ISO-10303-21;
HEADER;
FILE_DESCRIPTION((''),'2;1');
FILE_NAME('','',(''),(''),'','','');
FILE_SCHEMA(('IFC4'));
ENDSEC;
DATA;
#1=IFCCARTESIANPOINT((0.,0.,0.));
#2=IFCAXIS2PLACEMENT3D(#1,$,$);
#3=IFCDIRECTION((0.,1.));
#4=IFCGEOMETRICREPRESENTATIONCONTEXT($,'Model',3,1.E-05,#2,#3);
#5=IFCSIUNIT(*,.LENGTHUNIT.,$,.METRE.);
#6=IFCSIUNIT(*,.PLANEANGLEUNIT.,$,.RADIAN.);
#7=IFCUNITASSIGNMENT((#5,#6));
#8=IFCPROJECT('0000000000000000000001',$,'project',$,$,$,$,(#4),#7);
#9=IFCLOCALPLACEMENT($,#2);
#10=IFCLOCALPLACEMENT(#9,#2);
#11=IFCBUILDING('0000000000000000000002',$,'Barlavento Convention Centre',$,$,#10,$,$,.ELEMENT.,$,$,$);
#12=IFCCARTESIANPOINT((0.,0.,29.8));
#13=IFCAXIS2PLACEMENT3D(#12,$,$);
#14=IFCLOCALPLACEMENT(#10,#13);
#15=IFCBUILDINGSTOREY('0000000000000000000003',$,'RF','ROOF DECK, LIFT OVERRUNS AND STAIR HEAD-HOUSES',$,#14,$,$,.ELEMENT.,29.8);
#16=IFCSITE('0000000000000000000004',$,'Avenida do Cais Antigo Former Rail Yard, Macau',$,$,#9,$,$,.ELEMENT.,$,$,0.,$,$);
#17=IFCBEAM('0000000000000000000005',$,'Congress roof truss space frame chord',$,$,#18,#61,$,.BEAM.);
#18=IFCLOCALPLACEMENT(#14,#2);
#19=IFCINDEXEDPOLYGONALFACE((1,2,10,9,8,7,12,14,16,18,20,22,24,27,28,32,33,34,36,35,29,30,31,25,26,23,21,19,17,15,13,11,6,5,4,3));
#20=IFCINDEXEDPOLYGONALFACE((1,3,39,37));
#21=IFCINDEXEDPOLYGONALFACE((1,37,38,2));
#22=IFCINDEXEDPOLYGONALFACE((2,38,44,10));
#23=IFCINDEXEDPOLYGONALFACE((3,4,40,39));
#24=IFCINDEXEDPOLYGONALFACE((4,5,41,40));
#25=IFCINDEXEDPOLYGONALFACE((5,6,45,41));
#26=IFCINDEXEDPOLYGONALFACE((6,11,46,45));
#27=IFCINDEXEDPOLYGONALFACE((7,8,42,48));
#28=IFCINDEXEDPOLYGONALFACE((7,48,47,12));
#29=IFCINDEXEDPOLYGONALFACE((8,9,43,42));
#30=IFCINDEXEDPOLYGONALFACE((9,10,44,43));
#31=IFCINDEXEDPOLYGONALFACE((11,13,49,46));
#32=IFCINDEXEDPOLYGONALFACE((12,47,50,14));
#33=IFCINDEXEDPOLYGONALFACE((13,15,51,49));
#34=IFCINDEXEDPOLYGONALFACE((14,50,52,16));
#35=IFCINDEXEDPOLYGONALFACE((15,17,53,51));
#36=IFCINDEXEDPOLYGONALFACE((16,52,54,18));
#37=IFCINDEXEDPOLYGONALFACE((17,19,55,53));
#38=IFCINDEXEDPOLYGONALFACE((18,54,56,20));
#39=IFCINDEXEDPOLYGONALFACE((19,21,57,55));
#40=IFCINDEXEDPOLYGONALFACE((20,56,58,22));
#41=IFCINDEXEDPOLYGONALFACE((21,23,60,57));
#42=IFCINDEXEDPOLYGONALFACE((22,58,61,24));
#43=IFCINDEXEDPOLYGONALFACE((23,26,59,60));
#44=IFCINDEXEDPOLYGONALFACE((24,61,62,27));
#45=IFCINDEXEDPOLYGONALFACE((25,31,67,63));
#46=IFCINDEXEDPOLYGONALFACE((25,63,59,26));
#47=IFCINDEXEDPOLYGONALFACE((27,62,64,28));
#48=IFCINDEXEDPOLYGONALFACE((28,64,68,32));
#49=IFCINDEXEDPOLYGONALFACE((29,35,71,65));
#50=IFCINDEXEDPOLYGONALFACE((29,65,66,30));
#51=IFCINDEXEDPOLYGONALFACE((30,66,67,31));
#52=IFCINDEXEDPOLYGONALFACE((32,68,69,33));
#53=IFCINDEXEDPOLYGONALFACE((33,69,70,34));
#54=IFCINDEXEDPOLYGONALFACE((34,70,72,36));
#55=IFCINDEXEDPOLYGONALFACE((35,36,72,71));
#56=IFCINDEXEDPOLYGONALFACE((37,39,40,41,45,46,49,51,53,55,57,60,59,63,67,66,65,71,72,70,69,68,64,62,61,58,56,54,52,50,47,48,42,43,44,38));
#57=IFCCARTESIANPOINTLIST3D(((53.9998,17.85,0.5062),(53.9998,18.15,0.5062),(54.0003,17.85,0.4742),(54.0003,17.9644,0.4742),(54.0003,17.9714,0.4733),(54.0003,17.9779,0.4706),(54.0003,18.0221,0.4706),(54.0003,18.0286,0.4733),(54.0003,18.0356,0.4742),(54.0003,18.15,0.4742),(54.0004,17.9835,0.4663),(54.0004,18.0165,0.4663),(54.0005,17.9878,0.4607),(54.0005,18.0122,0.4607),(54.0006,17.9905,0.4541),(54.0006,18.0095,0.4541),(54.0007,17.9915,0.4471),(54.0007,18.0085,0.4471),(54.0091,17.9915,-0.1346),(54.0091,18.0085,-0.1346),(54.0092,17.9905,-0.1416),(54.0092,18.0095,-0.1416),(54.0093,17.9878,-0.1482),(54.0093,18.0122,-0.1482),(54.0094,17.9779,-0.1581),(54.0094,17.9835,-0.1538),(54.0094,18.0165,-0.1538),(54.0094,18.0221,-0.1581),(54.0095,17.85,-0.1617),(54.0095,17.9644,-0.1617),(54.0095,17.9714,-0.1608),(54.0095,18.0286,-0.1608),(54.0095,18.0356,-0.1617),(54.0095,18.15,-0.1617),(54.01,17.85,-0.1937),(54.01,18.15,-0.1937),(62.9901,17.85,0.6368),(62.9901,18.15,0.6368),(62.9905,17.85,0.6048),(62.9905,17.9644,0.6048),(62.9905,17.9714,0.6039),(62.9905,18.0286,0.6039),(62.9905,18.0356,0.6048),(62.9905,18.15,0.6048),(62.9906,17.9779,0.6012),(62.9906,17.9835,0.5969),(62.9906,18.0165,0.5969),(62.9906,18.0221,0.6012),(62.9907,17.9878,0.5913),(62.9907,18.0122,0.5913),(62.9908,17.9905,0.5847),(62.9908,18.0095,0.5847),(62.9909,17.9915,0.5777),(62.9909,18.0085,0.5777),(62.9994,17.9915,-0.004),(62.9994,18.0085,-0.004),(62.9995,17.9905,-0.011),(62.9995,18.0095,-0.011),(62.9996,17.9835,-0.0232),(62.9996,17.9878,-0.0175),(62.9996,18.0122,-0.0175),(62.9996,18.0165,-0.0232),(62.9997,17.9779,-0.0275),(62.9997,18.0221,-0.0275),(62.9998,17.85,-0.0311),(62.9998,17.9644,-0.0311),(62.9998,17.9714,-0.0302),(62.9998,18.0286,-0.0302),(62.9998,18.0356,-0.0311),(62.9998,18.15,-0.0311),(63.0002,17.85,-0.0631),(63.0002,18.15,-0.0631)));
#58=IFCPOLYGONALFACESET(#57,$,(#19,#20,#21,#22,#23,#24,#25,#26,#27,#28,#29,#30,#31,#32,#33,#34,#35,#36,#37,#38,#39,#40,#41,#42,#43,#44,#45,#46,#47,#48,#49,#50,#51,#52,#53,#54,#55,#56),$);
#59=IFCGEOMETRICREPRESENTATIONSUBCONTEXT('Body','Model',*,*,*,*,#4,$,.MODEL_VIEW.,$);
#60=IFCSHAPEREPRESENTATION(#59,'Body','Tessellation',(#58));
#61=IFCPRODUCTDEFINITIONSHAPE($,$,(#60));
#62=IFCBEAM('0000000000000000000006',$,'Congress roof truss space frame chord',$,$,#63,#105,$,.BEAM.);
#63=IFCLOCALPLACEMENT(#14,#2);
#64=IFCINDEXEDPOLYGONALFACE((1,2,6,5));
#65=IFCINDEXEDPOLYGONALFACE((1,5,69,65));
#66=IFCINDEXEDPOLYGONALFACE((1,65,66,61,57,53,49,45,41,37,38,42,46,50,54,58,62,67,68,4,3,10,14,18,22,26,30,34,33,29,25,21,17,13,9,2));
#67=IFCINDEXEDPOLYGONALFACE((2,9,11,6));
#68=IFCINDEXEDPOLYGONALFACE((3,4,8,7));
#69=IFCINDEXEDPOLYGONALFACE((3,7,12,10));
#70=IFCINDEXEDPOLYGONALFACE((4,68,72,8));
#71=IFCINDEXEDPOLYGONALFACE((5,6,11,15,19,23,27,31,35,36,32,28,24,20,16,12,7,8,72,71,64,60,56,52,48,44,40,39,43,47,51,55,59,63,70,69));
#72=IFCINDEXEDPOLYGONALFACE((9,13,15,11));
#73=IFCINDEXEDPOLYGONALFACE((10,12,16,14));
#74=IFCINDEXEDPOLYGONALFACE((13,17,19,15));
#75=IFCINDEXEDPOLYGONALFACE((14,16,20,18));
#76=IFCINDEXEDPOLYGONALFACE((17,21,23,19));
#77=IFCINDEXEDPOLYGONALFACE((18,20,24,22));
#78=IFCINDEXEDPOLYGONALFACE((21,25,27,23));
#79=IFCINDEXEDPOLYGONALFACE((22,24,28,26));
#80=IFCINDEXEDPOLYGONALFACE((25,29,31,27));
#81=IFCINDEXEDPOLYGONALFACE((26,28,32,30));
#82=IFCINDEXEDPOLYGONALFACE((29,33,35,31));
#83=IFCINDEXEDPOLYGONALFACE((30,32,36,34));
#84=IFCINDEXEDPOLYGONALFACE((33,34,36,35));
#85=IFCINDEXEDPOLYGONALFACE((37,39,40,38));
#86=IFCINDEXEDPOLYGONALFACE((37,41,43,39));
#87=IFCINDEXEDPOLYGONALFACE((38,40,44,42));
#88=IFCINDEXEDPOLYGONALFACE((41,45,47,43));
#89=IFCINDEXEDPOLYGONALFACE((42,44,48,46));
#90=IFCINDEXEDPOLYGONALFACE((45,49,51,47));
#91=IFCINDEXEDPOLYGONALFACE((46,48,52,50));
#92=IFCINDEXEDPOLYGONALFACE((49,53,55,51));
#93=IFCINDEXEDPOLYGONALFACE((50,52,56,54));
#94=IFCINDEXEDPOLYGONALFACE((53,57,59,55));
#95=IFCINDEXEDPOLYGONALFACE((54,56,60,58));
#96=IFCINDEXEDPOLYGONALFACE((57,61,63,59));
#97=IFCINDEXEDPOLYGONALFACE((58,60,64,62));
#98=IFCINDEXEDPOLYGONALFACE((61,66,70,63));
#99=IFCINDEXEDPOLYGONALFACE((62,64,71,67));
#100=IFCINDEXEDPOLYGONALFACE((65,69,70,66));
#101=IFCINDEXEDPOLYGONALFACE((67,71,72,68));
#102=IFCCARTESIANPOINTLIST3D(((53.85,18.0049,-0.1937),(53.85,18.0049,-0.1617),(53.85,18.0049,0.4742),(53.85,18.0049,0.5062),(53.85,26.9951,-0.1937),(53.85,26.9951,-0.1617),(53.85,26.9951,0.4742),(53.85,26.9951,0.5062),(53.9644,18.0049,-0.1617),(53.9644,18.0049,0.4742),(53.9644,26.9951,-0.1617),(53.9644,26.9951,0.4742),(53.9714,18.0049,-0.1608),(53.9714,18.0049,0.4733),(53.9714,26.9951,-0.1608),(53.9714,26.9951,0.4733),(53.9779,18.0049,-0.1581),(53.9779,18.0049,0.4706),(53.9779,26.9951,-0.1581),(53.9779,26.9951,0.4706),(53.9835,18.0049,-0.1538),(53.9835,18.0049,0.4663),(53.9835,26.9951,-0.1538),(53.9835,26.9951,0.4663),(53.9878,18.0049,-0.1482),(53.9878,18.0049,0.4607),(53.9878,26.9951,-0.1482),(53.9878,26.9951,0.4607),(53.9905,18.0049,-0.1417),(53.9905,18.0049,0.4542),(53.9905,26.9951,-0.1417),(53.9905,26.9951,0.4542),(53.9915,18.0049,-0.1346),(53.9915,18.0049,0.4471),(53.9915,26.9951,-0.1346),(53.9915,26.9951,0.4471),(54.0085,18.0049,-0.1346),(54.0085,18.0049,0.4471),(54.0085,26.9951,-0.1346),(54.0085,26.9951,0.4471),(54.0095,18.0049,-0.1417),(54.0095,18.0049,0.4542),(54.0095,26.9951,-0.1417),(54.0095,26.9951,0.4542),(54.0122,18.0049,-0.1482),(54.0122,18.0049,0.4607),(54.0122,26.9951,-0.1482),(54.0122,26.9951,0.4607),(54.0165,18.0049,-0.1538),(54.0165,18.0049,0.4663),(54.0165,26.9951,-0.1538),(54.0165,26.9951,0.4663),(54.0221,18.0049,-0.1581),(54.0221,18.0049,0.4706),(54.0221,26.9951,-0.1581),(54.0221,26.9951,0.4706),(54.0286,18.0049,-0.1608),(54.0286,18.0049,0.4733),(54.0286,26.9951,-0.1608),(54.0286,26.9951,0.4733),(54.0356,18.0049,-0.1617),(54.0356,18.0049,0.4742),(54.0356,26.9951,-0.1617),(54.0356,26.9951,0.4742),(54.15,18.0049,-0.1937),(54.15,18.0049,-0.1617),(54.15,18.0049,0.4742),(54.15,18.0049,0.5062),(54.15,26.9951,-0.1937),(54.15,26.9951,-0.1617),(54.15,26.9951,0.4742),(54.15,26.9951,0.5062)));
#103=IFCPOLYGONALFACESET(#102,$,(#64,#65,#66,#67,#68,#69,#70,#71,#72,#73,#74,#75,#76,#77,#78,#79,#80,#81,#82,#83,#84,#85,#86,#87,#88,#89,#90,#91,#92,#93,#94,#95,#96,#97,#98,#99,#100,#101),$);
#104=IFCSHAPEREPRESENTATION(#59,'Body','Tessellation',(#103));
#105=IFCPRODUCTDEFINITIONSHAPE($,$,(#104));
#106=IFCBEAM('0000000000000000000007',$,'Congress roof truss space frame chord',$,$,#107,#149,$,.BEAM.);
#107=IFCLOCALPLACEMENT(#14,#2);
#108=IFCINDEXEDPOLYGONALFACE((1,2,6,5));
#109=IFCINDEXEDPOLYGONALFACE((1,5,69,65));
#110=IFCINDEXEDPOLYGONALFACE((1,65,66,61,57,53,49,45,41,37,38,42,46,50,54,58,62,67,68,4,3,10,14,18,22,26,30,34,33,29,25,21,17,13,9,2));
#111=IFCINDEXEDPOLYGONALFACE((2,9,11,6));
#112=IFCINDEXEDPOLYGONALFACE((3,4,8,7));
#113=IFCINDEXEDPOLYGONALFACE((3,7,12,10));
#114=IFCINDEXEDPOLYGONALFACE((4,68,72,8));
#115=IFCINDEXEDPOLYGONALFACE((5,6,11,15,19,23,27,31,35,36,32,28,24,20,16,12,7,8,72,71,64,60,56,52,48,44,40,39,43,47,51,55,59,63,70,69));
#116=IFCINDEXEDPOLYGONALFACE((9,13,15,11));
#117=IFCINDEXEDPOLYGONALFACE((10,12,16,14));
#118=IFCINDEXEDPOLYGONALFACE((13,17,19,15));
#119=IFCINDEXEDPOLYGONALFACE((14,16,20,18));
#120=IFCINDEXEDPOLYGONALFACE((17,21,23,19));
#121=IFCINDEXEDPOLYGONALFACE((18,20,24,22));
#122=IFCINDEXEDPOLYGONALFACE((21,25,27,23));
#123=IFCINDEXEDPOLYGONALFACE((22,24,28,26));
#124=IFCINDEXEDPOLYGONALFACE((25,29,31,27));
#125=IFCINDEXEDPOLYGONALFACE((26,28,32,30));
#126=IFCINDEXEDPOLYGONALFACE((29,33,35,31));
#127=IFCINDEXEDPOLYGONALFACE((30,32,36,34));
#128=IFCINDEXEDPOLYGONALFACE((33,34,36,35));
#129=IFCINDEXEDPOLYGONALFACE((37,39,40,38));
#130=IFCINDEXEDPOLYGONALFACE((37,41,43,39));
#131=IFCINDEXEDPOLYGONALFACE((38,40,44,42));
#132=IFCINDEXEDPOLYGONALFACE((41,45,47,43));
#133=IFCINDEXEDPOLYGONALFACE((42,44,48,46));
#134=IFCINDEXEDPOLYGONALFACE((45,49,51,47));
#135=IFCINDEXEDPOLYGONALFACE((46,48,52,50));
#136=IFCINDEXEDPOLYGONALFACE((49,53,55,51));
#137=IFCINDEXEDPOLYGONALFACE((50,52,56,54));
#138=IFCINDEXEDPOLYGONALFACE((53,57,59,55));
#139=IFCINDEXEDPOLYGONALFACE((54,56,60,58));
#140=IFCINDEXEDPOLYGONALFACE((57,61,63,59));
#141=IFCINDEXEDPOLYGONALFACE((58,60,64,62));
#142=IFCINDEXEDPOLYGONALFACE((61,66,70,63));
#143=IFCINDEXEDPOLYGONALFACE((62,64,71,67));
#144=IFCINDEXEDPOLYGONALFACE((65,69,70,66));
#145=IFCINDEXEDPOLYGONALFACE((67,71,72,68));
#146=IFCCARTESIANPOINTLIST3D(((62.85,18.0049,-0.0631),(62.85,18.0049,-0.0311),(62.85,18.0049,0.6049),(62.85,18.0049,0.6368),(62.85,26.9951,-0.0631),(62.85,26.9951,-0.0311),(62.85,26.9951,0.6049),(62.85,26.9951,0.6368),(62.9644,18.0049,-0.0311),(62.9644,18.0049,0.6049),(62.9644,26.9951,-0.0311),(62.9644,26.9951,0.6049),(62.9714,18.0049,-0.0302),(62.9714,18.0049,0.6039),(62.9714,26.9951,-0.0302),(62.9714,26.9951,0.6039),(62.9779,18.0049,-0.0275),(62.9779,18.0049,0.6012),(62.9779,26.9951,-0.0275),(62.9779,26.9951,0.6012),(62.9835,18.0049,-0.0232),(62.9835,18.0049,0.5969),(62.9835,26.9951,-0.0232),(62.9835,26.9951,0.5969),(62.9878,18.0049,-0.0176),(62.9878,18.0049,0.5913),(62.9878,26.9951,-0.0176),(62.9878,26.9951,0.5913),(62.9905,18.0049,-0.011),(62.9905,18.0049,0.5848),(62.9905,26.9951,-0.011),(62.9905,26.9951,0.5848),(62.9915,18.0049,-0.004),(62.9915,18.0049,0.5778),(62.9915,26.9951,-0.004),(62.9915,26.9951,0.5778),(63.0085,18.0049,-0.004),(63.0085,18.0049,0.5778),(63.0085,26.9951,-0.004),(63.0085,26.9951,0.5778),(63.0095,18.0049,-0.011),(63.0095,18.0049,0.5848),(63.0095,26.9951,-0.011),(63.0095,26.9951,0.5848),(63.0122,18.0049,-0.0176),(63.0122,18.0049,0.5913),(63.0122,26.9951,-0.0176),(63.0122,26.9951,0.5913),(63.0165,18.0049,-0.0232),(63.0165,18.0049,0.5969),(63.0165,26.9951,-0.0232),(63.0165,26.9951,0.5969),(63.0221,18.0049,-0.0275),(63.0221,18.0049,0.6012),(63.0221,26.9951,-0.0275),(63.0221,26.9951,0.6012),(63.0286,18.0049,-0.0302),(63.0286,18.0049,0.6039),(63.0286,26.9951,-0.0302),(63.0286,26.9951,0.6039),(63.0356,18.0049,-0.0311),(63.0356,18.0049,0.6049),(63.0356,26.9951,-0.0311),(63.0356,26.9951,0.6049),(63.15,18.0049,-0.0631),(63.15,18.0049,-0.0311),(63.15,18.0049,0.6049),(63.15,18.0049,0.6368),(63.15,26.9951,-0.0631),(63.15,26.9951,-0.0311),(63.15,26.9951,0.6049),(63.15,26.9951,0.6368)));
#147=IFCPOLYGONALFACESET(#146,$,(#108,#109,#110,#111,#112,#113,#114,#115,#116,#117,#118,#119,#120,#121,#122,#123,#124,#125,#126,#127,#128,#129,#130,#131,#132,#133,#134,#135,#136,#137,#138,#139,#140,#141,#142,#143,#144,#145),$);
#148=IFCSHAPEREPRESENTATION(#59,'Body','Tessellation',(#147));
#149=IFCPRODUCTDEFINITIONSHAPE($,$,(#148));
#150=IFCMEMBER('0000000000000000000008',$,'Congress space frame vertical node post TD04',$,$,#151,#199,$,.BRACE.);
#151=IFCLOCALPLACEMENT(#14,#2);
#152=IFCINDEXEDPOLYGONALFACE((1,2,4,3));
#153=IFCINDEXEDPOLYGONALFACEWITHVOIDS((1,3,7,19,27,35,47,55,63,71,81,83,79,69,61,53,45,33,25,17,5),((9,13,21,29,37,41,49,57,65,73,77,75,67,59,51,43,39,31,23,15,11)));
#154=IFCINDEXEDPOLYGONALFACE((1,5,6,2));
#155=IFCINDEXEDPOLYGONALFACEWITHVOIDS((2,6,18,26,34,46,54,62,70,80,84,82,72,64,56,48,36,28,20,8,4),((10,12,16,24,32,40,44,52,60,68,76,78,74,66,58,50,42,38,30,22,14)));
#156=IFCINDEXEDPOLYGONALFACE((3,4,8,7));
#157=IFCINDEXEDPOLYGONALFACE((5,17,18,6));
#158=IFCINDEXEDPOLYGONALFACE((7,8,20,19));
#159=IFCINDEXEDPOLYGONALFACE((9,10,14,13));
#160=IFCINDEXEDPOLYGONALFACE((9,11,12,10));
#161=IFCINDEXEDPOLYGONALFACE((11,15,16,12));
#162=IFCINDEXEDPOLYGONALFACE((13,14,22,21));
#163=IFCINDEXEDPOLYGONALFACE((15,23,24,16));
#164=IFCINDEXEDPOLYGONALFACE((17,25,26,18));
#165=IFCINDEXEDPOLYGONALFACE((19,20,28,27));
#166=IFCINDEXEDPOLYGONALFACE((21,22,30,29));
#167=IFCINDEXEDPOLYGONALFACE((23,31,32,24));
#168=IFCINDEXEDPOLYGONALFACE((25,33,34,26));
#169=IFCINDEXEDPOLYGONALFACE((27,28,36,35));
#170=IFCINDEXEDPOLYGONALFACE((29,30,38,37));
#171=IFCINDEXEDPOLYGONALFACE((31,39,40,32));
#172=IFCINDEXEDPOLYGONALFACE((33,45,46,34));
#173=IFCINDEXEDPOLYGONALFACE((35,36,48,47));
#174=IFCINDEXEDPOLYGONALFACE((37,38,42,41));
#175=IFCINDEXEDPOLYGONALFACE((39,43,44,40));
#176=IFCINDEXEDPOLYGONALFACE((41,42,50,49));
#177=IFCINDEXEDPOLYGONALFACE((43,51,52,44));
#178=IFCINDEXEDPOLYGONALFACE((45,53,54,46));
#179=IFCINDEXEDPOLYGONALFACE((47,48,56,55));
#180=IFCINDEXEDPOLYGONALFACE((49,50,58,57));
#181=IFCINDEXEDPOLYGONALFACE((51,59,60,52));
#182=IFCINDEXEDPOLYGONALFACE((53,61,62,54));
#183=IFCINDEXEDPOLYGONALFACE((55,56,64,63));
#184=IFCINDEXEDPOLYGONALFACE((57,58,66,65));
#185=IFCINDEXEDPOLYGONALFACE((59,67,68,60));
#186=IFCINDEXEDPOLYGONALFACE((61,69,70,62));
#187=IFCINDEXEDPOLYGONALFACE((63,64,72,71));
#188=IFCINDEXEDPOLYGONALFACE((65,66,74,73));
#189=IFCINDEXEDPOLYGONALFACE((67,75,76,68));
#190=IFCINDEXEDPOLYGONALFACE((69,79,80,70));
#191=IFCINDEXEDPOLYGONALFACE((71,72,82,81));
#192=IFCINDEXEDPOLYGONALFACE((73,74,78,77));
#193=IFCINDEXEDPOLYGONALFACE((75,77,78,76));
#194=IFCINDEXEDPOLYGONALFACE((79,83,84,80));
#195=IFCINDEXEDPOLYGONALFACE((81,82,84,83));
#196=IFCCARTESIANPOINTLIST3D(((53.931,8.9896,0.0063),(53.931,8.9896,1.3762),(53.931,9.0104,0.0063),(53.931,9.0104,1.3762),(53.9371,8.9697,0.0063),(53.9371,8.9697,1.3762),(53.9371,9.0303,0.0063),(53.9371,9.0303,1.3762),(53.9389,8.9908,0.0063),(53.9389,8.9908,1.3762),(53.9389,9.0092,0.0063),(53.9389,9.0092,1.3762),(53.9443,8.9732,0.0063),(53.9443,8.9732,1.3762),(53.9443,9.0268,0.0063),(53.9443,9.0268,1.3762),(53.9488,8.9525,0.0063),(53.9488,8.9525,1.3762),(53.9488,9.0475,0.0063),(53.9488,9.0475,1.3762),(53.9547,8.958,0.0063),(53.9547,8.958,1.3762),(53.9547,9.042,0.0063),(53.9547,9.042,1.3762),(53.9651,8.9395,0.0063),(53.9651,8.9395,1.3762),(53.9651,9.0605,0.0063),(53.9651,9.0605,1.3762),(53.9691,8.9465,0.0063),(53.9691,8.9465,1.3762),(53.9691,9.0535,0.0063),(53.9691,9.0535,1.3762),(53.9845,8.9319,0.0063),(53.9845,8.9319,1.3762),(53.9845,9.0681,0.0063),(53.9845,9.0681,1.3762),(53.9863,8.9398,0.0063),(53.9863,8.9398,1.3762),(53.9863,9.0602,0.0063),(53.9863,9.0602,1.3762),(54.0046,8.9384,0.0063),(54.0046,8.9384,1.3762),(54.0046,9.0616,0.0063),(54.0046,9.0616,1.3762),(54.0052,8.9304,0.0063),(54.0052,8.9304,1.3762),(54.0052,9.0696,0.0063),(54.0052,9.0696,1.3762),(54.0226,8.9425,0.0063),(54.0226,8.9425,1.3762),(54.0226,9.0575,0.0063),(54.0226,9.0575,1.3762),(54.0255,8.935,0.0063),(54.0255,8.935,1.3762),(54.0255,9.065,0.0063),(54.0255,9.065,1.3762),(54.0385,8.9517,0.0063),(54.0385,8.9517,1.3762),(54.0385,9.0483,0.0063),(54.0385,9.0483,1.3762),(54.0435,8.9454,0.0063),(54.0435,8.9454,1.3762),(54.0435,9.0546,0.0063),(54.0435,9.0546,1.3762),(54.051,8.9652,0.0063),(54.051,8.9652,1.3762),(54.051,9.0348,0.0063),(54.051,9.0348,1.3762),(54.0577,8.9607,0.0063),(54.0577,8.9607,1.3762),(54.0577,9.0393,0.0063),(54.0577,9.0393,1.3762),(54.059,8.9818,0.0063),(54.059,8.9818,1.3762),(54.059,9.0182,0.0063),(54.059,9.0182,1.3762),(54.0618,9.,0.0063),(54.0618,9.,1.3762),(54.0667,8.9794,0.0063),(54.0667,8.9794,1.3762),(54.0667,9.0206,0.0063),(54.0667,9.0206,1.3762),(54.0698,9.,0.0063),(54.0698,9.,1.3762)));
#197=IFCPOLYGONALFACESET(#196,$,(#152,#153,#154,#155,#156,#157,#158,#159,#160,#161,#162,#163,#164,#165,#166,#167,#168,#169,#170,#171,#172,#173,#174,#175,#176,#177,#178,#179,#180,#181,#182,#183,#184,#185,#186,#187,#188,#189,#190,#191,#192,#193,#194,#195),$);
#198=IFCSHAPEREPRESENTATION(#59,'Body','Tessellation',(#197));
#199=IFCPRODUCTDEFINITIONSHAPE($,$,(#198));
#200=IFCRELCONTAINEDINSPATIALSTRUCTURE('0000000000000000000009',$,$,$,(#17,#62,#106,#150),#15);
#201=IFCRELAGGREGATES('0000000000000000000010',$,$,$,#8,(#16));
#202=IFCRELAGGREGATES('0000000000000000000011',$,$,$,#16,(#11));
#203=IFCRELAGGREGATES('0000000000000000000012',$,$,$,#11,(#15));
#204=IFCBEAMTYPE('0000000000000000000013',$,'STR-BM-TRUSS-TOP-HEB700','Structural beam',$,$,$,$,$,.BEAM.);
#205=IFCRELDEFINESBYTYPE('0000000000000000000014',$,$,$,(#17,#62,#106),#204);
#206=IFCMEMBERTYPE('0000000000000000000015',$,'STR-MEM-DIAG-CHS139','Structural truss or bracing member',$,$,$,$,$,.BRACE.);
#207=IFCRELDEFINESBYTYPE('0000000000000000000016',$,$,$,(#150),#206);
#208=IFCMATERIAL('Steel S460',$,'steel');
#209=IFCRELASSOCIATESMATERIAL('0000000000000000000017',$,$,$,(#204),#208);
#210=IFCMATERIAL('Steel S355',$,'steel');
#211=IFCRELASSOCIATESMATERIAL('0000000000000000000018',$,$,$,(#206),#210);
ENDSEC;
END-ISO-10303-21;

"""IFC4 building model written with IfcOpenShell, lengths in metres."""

from ifc_helpers import new_model, si_unit, direction, frame, origin, origin_2d, place, context, subcontext, project, spatial, hollow_circle, i_section, extrude, material, material_profile, profile_set, type_object, element, save


model = new_model("IFC4")

# Units and contexts
model_context = context("Model", 3, precision=1e-05, world=origin(), true_north=direction((0.0, 1.0)))
body_context = subcontext(model_context, "Body", "Model", "MODEL_VIEW")
ifc_project = project(units=[si_unit("LENGTHUNIT", "METRE"), si_unit("PLANEANGLEUNIT", "RADIAN")], contexts=[model_context])

# Site, building, storey
site_placement = place(None, origin())
site = spatial("IfcSite", under=ifc_project, at=site_placement, Name="Avenida do Cais Antigo Former Rail Yard, Macau", CompositionType="ELEMENT", RefElevation=0.0)
building_placement = place(site_placement, origin())
building = spatial("IfcBuilding", under=site, at=building_placement, Name="Barlavento Convention Centre", CompositionType="ELEMENT")
storey_placement = place(building_placement, frame((0.0, 0.0, 29.8)))
storey = spatial("IfcBuildingStorey", under=building, at=storey_placement, Name="RF", Description="ROOF DECK, LIFT OVERRUNS AND STAIR HEAD-HOUSES", CompositionType="ELEMENT", Elevation=29.8)

# Beams
ifc_material_1 = material(Name="Steel S460", Category="steel")
ifc_material_profile_1 = material_profile(ifc_material_1, i_section(OverallWidth=0.3, OverallDepth=0.7, WebThickness=0.0171, FlangeThickness=0.032, FilletRadius=0.0271, at=origin_2d()), Name="HEB 700")
ifc_profile_set_1 = profile_set([ifc_material_profile_1], Name="Steel S460")
beam_type = type_object("IfcBeamType", Name="STR-BM-TRUSS-TOP-HEB700", Description="Structural beam", PredefinedType="BEAM", material=ifc_profile_set_1)
beam_placement = place(storey_placement, frame((54.0049, 18.0, 0.1562), z_axis=(0.999894, 0.0, 0.014527), x_axis=(0.0, 1.0, 0.0)))
element("IfcBeam", 1, at=beam_placement, inside=storey, type_object=beam_type, Name="Congress roof truss space frame chord", PredefinedType="BEAM", context=body_context, shape_type="SweptSolid", body=[
    extrude(i_section(OverallWidth=0.3, OverallDepth=0.7, WebThickness=0.0171, FlangeThickness=0.032, FilletRadius=0.0271, at=origin_2d()), origin(), (0.0, 0.0, 1.0), 8.9912),
])
for number, where, z_axis, x_axis, name in (
    (2, (54.0, 18.0049, 0.1562), (0.0, 1.0, 0.0), (-1.0, 0.0, 0.0), "Congress roof truss space frame chord"),
    (3, (63.0, 18.0049, 0.2869), (0.0, 1.0, 0.0), (-1.0, 0.0, 0.0), "Congress roof truss space frame chord"),
):
    element("IfcBeam", number, at=place(storey_placement, frame(where, z_axis=z_axis, x_axis=x_axis)), inside=storey, type_object=beam_type, Name=name, PredefinedType="BEAM", context=body_context, shape_type="SweptSolid", body=[
        extrude(i_section(OverallWidth=0.3, OverallDepth=0.7, WebThickness=0.0171, FlangeThickness=0.032, FilletRadius=0.0271, at=origin_2d()), origin(), (0.0, 0.0, 1.0), 8.9902),
    ])

# Member
ifc_material_2 = material(Name="Steel S355", Category="steel")
ifc_material_profile_2 = material_profile(ifc_material_2, hollow_circle(Radius=0.0698, WallThickness=0.0081, at=origin_2d()), Name="CHS 139.7x8.0")
ifc_profile_set_2 = profile_set([ifc_material_profile_2], Name="Steel S355")
member_type_1 = type_object("IfcMemberType", Name="STR-MEM-DIAG-CHS139", Description="Structural truss or bracing member", PredefinedType="BRACE", material=ifc_profile_set_2)
for number, where, z_axis, x_axis, name in (
    (4, (54.0, 9.0, 0.0063), (0.0, 0.0, 1.0), (1.0, 0.0, 0.0), "Congress space frame vertical node post TD04"),
):
    element("IfcMember", number, at=place(storey_placement, frame(where, z_axis=z_axis, x_axis=x_axis)), inside=storey, type_object=member_type_1, Name=name, PredefinedType="BRACE", context=body_context, shape_type="SweptSolid", body=[
        extrude(hollow_circle(Radius=0.0698, WallThickness=0.0081, at=origin_2d()), origin(), (0.0, 0.0, 1.0), 1.3699),
    ])

save(model, "model.ifc")
